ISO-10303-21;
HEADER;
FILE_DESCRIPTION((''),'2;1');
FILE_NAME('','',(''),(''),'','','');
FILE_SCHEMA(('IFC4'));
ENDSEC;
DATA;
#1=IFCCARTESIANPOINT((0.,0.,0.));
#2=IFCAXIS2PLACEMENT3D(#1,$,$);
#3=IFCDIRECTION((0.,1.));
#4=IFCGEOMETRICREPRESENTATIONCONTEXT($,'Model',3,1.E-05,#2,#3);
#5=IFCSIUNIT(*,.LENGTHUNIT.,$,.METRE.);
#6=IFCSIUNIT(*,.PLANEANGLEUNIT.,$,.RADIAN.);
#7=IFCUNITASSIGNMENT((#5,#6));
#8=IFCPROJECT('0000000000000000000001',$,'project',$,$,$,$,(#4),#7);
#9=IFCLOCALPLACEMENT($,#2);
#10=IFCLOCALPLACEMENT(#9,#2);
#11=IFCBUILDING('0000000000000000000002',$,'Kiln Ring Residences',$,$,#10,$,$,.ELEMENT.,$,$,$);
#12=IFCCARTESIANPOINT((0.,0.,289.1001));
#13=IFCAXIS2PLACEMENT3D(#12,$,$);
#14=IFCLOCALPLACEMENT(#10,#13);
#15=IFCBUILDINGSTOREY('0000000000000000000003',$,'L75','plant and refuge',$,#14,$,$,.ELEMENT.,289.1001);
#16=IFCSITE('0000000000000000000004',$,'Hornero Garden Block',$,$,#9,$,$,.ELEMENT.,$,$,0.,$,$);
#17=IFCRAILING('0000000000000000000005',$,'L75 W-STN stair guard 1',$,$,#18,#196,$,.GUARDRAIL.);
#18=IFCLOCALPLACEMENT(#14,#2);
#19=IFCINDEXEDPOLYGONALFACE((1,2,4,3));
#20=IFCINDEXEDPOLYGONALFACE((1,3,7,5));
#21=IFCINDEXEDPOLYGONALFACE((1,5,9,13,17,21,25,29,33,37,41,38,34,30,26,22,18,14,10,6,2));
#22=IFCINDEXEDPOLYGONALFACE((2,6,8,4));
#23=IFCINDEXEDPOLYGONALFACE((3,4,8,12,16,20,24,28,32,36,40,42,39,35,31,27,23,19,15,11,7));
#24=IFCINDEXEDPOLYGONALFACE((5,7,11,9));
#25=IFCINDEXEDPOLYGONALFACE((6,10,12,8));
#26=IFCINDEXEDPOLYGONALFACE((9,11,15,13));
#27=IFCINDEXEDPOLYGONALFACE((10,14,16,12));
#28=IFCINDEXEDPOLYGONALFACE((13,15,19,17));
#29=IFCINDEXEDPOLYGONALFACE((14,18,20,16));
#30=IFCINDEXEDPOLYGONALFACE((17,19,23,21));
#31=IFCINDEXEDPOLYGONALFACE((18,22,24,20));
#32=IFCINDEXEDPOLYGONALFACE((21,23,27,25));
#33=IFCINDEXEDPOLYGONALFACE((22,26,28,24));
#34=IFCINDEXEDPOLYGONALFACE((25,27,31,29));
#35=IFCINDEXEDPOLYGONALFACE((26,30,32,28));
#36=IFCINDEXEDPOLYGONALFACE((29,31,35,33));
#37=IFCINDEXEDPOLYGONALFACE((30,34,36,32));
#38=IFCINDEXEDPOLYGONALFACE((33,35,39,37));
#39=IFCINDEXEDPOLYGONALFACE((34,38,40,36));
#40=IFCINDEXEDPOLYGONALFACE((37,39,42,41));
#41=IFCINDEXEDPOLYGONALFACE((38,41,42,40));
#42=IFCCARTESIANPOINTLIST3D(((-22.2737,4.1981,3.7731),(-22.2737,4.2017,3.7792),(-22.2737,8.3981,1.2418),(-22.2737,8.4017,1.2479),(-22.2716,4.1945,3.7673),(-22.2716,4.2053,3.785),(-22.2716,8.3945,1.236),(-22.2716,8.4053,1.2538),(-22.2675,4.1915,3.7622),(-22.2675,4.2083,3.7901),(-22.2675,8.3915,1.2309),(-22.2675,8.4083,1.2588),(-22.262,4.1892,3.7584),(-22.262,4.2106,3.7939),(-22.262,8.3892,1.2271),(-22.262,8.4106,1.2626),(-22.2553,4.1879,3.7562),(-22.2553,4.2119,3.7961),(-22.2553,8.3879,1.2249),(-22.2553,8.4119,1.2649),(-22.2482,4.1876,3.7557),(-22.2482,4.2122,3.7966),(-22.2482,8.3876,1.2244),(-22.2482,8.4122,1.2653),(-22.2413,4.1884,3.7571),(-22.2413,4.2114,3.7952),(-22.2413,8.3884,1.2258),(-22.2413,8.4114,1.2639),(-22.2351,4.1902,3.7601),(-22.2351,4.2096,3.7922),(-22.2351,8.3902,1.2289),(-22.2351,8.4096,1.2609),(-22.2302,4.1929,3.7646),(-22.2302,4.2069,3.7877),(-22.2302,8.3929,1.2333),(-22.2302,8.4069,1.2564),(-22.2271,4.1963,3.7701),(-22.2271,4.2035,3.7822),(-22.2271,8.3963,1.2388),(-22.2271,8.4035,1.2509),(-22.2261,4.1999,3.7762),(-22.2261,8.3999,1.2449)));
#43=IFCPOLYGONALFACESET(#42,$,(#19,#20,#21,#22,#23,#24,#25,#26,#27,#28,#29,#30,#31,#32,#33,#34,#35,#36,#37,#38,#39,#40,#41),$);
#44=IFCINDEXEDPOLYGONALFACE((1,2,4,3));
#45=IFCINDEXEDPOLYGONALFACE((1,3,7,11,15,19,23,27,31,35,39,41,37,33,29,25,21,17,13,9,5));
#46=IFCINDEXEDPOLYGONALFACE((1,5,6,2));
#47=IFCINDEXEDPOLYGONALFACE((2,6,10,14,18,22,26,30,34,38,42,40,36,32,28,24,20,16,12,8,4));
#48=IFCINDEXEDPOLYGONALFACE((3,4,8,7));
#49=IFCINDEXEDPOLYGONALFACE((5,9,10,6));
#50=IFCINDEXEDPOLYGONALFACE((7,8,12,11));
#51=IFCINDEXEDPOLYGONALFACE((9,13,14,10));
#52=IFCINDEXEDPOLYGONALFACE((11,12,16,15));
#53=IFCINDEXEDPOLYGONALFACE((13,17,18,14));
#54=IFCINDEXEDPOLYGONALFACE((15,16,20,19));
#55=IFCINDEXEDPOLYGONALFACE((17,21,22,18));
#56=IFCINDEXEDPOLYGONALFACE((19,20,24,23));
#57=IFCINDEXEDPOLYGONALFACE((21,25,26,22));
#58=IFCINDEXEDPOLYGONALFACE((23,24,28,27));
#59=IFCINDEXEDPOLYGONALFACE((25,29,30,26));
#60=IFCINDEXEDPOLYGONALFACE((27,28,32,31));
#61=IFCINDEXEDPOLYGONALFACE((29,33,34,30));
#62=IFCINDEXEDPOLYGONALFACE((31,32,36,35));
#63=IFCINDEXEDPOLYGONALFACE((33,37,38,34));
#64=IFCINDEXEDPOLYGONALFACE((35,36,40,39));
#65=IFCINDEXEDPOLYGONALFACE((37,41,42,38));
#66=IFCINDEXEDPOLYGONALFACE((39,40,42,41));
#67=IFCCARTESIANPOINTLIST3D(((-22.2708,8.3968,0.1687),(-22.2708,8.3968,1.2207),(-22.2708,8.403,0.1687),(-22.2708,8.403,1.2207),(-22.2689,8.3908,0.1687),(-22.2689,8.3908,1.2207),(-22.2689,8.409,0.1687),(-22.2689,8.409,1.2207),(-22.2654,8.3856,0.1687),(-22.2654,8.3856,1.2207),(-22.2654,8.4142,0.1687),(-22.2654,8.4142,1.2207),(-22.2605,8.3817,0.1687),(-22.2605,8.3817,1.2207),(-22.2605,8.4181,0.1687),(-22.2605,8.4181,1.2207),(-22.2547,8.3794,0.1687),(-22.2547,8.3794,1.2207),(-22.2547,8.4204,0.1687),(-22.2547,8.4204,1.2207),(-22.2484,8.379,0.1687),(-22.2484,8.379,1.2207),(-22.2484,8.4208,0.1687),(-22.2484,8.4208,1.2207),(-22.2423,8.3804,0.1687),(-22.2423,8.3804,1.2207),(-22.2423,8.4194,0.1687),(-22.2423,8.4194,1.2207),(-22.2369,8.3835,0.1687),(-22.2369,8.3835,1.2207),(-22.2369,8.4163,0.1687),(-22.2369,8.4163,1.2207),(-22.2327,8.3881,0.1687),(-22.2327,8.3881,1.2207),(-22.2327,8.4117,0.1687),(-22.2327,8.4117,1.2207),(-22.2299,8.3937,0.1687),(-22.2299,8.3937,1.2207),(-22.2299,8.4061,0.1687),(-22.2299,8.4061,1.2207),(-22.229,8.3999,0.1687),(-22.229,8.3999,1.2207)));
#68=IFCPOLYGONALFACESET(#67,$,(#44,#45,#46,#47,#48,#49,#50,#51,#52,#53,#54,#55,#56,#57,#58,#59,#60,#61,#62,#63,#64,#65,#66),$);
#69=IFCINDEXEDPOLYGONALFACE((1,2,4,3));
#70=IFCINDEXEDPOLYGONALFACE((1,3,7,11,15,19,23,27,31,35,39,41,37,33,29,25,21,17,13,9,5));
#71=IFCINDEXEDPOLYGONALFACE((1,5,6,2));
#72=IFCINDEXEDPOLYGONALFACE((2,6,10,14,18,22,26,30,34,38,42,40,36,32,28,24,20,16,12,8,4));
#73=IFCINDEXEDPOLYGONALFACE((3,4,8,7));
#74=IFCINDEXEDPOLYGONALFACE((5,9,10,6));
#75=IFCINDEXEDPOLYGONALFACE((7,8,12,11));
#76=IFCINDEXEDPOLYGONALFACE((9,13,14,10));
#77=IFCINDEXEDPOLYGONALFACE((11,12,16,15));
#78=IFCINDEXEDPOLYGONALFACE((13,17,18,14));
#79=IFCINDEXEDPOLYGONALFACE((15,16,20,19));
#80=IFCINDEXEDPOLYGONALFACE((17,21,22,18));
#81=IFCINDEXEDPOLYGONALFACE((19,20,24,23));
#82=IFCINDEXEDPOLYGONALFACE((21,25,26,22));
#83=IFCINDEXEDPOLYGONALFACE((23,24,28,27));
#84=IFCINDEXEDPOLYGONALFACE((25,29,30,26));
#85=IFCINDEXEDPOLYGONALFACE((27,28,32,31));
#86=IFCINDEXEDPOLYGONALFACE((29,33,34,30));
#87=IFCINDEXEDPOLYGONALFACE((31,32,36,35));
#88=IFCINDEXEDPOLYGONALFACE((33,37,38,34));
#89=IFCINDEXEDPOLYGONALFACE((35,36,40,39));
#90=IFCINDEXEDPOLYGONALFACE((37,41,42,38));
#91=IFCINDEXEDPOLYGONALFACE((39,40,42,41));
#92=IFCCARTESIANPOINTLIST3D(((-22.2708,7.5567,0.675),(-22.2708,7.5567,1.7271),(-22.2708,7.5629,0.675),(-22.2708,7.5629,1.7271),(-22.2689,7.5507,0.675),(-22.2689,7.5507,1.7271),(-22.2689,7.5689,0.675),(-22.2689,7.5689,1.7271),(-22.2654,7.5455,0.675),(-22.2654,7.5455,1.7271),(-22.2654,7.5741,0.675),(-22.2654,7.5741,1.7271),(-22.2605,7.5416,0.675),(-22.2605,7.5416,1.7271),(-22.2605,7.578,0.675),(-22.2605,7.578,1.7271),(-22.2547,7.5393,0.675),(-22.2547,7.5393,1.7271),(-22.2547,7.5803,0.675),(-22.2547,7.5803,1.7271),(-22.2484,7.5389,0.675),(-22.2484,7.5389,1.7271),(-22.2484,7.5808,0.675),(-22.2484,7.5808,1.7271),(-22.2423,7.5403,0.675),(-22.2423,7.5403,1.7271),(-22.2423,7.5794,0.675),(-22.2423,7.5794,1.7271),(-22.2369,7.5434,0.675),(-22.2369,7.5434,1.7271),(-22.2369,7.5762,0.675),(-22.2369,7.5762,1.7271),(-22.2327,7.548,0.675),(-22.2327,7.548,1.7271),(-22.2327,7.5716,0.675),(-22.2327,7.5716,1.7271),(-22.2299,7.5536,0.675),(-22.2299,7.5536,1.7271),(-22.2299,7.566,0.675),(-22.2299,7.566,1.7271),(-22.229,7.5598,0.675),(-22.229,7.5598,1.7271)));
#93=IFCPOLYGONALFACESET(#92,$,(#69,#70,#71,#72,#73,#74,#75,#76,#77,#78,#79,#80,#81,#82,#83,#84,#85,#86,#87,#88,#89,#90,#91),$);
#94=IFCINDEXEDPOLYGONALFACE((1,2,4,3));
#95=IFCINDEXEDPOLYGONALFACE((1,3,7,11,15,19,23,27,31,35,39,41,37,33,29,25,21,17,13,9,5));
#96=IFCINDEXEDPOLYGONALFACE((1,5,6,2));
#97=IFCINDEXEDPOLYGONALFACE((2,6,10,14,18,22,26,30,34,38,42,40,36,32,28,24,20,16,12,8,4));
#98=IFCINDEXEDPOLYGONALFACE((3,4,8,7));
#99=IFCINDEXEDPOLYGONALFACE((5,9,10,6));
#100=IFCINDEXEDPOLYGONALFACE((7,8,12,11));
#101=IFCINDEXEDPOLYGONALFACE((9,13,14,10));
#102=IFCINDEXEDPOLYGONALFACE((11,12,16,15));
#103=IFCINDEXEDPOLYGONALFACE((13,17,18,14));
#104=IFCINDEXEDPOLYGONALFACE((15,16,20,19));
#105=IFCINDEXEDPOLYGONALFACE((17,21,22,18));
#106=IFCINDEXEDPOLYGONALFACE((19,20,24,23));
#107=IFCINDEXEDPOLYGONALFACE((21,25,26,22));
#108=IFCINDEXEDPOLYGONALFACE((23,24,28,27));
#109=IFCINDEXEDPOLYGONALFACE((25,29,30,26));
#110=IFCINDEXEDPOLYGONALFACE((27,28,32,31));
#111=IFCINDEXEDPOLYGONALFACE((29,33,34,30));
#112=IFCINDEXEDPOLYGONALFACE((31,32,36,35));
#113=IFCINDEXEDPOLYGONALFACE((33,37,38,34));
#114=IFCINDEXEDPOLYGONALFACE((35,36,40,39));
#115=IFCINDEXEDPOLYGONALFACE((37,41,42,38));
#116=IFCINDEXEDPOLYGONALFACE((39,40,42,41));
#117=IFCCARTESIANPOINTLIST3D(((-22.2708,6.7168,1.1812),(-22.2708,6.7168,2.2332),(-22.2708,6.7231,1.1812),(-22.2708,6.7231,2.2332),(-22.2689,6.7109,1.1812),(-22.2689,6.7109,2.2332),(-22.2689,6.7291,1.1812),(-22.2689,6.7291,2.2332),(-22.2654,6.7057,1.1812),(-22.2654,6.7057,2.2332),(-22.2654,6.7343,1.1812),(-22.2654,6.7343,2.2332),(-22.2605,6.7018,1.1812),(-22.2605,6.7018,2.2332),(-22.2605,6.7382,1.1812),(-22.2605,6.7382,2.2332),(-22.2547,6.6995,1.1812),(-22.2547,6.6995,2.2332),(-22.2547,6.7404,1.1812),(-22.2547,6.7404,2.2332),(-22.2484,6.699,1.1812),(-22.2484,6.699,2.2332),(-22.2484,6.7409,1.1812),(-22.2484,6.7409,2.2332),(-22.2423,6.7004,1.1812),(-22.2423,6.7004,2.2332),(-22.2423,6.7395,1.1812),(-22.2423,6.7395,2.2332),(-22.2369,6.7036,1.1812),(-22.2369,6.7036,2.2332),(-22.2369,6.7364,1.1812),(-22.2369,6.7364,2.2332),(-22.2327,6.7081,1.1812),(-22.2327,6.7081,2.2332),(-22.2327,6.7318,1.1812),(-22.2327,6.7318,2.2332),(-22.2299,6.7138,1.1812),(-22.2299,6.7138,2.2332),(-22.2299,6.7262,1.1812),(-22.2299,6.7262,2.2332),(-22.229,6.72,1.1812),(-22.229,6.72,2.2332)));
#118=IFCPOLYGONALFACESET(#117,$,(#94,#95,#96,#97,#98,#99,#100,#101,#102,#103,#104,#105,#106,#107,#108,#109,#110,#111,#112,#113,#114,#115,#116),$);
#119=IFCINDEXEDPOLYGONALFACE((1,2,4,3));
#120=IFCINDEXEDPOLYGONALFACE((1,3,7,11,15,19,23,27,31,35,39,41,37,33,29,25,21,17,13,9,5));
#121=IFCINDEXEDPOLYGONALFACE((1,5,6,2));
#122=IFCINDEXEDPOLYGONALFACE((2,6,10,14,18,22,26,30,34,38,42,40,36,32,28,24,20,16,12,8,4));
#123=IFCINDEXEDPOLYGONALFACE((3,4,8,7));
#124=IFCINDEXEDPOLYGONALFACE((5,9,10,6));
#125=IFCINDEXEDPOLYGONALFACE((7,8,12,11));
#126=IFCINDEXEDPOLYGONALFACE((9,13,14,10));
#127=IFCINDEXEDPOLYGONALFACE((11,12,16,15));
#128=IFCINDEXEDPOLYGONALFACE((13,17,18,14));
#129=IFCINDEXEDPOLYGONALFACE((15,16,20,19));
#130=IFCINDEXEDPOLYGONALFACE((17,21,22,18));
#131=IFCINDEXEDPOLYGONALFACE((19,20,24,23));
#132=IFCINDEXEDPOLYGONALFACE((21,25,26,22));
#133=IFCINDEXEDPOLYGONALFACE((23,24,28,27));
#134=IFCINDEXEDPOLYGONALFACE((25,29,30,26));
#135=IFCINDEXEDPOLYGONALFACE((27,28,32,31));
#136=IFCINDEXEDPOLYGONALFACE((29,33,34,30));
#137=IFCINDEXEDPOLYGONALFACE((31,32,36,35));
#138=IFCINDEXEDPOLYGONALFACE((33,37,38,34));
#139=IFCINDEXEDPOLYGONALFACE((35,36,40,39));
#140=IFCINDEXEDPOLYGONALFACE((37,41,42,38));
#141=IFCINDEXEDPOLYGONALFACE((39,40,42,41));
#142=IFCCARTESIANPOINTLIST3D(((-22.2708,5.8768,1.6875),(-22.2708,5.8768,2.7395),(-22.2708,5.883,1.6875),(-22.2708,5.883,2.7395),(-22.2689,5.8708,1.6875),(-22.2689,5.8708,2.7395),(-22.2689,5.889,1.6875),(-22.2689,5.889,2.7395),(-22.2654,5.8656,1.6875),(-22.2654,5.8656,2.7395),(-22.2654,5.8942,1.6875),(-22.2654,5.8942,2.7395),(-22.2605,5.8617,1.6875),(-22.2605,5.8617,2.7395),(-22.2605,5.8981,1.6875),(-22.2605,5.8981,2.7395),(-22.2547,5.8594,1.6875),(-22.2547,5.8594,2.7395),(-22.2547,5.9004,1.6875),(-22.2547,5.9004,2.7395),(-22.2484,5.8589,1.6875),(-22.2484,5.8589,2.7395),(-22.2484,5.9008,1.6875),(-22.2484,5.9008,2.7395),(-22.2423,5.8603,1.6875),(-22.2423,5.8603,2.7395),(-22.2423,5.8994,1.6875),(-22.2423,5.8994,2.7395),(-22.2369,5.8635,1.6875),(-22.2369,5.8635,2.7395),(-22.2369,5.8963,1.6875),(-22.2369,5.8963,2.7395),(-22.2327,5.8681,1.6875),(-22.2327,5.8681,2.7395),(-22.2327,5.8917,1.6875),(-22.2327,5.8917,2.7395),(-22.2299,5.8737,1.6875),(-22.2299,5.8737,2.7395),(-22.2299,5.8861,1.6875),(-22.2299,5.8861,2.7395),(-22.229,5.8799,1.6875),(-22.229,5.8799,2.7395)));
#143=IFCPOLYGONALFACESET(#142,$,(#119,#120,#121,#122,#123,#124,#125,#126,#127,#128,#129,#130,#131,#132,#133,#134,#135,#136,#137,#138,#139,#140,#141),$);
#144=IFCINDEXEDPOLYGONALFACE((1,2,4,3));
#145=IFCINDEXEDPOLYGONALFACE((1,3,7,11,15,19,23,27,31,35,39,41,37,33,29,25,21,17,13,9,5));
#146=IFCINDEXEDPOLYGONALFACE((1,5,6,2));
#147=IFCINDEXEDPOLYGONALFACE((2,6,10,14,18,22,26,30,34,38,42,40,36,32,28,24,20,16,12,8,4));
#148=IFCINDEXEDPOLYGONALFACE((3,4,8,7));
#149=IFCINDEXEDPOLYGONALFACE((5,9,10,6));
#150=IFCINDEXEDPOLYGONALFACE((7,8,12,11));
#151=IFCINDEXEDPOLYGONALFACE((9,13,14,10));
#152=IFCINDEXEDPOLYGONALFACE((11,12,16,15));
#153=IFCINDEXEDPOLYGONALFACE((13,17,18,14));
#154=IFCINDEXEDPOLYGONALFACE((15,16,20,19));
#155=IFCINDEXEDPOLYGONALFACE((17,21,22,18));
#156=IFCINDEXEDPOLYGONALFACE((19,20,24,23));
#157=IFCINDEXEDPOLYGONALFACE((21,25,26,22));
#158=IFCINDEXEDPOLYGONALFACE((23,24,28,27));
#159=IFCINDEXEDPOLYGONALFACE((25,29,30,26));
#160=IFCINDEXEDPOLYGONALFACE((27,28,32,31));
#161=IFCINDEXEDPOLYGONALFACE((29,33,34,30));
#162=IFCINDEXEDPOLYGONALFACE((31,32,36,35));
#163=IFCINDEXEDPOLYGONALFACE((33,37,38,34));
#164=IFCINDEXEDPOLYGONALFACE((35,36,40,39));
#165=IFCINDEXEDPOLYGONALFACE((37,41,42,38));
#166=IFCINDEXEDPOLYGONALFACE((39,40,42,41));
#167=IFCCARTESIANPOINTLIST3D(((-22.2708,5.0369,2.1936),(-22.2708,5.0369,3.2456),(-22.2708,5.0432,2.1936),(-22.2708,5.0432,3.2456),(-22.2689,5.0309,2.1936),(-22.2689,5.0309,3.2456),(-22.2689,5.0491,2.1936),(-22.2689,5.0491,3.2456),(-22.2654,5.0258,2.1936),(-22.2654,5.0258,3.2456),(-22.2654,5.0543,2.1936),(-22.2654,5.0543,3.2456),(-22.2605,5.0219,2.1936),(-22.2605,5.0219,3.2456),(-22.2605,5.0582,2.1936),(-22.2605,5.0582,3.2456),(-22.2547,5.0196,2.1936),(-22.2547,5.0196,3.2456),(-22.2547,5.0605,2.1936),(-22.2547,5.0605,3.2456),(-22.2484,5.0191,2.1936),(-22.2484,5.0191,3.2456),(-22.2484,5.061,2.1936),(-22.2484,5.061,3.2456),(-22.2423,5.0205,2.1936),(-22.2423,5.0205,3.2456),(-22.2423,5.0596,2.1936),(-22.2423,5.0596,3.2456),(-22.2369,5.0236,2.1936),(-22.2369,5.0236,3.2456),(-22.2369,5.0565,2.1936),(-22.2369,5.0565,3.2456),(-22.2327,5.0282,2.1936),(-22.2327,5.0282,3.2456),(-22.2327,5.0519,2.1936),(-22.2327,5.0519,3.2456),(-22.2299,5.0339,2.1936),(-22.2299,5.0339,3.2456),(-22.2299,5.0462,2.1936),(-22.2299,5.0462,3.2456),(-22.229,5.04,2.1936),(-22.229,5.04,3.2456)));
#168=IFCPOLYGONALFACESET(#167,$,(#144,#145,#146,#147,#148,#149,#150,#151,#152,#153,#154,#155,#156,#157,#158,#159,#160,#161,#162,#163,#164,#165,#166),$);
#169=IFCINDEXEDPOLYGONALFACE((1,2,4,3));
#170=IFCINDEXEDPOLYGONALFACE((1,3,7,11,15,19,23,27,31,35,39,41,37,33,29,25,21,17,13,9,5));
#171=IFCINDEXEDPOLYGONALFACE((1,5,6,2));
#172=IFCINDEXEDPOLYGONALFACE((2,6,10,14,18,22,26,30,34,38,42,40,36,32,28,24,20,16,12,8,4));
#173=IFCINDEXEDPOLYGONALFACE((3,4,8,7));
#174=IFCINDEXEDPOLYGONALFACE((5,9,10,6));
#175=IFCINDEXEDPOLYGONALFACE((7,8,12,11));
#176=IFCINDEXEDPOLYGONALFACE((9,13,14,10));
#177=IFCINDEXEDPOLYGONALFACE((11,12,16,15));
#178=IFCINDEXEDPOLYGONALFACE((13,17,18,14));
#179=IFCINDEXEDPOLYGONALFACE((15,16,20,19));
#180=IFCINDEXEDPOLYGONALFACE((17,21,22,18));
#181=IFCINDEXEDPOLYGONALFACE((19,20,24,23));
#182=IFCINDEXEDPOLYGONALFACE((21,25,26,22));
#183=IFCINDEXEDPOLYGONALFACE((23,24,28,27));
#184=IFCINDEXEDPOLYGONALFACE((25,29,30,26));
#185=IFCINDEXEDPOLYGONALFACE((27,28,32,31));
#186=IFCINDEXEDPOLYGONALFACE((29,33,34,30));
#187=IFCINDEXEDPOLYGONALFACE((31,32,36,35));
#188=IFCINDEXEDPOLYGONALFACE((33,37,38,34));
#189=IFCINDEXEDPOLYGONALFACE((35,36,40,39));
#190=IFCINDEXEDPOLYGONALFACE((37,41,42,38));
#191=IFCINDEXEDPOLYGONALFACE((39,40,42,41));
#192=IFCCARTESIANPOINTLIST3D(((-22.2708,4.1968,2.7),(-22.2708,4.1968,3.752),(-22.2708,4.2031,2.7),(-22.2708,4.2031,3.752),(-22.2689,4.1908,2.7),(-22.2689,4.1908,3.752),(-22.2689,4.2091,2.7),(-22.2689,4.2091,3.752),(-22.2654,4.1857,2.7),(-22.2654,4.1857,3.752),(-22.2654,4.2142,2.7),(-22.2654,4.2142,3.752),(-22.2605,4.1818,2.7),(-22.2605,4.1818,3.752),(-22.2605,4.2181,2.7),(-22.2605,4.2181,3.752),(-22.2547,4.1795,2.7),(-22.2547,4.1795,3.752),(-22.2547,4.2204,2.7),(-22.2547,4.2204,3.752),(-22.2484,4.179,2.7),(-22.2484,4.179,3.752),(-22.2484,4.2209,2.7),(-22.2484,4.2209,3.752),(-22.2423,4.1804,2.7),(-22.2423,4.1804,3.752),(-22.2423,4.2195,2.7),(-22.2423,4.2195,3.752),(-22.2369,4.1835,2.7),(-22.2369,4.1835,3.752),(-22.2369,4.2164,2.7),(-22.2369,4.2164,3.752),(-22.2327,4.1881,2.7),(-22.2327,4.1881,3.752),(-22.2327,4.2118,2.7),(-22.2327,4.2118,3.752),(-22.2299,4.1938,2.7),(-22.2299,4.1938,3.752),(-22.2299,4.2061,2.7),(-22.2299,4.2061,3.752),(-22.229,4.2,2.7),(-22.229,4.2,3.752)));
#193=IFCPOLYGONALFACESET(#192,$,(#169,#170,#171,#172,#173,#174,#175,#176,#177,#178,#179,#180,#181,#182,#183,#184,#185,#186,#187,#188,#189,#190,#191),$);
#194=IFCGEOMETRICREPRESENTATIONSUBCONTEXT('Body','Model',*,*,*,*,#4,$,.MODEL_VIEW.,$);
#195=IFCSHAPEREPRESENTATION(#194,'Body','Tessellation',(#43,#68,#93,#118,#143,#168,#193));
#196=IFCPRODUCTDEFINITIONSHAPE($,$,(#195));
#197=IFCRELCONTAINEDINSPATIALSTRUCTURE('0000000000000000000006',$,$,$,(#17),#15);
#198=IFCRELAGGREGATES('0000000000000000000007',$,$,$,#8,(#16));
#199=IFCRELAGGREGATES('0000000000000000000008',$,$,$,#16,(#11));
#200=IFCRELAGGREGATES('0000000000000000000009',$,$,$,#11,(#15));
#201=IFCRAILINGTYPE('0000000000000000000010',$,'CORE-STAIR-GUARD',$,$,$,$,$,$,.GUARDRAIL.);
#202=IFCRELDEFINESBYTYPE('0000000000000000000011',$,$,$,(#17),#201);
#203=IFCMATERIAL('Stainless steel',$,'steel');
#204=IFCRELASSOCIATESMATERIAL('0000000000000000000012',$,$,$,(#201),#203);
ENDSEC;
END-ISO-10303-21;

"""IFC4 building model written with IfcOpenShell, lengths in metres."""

from ifc_helpers import new_model, si_unit, direction, frame, origin, origin_2d, place, context, subcontext, project, spatial, circle, extrude, material, type_object, element, save


model = new_model("IFC4")

# Units and contexts
model_context = context("Model", 3, precision=1e-05, world=origin(), true_north=direction((0.0, 1.0)))
body_context = subcontext(model_context, "Body", "Model", "MODEL_VIEW")
ifc_project = project(units=[si_unit("LENGTHUNIT", "METRE"), si_unit("PLANEANGLEUNIT", "RADIAN")], contexts=[model_context])

# Site, building, storey
site_placement = place(None, origin())
site = spatial("IfcSite", under=ifc_project, at=site_placement, Name="Hornero Garden Block", CompositionType="ELEMENT", RefElevation=0.0)
building_placement = place(site_placement, origin())
building = spatial("IfcBuilding", under=site, at=building_placement, Name="Kiln Ring Residences", CompositionType="ELEMENT")
storey_placement = place(building_placement, frame((0.0, 0.0, 289.1001)))
storey = spatial("IfcBuildingStorey", under=building, at=storey_placement, Name="L75", Description="plant and refuge", CompositionType="ELEMENT", Elevation=289.1001)

# Railing
ifc_material_1 = material(Name="Stainless steel", Category="steel")
railing_type_1 = type_object("IfcRailingType", Name="CORE-STAIR-GUARD", PredefinedType="GUARDRAIL", material=ifc_material_1)
railing_1_placement = place(storey_placement, frame((-22.25, 8.3999, 0.1687)))
element("IfcRailing", 1, at=railing_1_placement, inside=storey, type_object=railing_type_1, Name="L75 W-STN stair guard 1", PredefinedType="GUARDRAIL", context=body_context, shape_type="SweptSolid", body=[
    extrude(circle(Radius=0.0239, at=origin_2d()), frame((0.0, 0.0, 1.0762), z_axis=(0.0, -0.856476, 0.516186), x_axis=(1.0, 0.0, 0.0)), (0.0, 0.0, 1.0), 4.9038),
    extrude(circle(Radius=0.021, at=origin_2d()), origin(), (0.0, 0.0, 1.0), 1.052),
    extrude(circle(Radius=0.021, at=origin_2d()), frame((0.0, -0.8401, 0.5063)), (0.0, 0.0, 1.0), 1.052),
    extrude(circle(Radius=0.021, at=origin_2d()), frame((0.0, -1.6799, 1.0125)), (0.0, 0.0, 1.0), 1.052),
    extrude(circle(Radius=0.021, at=origin_2d()), frame((0.0, -2.52, 1.5188)), (0.0, 0.0, 1.0), 1.052),
    extrude(circle(Radius=0.021, at=origin_2d()), frame((0.0, -3.3599, 2.0249)), (0.0, 0.0, 1.0), 1.052),
    extrude(circle(Radius=0.021, at=origin_2d()), frame((0.0, -4.2, 2.5312)), (0.0, 0.0, 1.0), 1.052),
])

save(model, "model.ifc")
